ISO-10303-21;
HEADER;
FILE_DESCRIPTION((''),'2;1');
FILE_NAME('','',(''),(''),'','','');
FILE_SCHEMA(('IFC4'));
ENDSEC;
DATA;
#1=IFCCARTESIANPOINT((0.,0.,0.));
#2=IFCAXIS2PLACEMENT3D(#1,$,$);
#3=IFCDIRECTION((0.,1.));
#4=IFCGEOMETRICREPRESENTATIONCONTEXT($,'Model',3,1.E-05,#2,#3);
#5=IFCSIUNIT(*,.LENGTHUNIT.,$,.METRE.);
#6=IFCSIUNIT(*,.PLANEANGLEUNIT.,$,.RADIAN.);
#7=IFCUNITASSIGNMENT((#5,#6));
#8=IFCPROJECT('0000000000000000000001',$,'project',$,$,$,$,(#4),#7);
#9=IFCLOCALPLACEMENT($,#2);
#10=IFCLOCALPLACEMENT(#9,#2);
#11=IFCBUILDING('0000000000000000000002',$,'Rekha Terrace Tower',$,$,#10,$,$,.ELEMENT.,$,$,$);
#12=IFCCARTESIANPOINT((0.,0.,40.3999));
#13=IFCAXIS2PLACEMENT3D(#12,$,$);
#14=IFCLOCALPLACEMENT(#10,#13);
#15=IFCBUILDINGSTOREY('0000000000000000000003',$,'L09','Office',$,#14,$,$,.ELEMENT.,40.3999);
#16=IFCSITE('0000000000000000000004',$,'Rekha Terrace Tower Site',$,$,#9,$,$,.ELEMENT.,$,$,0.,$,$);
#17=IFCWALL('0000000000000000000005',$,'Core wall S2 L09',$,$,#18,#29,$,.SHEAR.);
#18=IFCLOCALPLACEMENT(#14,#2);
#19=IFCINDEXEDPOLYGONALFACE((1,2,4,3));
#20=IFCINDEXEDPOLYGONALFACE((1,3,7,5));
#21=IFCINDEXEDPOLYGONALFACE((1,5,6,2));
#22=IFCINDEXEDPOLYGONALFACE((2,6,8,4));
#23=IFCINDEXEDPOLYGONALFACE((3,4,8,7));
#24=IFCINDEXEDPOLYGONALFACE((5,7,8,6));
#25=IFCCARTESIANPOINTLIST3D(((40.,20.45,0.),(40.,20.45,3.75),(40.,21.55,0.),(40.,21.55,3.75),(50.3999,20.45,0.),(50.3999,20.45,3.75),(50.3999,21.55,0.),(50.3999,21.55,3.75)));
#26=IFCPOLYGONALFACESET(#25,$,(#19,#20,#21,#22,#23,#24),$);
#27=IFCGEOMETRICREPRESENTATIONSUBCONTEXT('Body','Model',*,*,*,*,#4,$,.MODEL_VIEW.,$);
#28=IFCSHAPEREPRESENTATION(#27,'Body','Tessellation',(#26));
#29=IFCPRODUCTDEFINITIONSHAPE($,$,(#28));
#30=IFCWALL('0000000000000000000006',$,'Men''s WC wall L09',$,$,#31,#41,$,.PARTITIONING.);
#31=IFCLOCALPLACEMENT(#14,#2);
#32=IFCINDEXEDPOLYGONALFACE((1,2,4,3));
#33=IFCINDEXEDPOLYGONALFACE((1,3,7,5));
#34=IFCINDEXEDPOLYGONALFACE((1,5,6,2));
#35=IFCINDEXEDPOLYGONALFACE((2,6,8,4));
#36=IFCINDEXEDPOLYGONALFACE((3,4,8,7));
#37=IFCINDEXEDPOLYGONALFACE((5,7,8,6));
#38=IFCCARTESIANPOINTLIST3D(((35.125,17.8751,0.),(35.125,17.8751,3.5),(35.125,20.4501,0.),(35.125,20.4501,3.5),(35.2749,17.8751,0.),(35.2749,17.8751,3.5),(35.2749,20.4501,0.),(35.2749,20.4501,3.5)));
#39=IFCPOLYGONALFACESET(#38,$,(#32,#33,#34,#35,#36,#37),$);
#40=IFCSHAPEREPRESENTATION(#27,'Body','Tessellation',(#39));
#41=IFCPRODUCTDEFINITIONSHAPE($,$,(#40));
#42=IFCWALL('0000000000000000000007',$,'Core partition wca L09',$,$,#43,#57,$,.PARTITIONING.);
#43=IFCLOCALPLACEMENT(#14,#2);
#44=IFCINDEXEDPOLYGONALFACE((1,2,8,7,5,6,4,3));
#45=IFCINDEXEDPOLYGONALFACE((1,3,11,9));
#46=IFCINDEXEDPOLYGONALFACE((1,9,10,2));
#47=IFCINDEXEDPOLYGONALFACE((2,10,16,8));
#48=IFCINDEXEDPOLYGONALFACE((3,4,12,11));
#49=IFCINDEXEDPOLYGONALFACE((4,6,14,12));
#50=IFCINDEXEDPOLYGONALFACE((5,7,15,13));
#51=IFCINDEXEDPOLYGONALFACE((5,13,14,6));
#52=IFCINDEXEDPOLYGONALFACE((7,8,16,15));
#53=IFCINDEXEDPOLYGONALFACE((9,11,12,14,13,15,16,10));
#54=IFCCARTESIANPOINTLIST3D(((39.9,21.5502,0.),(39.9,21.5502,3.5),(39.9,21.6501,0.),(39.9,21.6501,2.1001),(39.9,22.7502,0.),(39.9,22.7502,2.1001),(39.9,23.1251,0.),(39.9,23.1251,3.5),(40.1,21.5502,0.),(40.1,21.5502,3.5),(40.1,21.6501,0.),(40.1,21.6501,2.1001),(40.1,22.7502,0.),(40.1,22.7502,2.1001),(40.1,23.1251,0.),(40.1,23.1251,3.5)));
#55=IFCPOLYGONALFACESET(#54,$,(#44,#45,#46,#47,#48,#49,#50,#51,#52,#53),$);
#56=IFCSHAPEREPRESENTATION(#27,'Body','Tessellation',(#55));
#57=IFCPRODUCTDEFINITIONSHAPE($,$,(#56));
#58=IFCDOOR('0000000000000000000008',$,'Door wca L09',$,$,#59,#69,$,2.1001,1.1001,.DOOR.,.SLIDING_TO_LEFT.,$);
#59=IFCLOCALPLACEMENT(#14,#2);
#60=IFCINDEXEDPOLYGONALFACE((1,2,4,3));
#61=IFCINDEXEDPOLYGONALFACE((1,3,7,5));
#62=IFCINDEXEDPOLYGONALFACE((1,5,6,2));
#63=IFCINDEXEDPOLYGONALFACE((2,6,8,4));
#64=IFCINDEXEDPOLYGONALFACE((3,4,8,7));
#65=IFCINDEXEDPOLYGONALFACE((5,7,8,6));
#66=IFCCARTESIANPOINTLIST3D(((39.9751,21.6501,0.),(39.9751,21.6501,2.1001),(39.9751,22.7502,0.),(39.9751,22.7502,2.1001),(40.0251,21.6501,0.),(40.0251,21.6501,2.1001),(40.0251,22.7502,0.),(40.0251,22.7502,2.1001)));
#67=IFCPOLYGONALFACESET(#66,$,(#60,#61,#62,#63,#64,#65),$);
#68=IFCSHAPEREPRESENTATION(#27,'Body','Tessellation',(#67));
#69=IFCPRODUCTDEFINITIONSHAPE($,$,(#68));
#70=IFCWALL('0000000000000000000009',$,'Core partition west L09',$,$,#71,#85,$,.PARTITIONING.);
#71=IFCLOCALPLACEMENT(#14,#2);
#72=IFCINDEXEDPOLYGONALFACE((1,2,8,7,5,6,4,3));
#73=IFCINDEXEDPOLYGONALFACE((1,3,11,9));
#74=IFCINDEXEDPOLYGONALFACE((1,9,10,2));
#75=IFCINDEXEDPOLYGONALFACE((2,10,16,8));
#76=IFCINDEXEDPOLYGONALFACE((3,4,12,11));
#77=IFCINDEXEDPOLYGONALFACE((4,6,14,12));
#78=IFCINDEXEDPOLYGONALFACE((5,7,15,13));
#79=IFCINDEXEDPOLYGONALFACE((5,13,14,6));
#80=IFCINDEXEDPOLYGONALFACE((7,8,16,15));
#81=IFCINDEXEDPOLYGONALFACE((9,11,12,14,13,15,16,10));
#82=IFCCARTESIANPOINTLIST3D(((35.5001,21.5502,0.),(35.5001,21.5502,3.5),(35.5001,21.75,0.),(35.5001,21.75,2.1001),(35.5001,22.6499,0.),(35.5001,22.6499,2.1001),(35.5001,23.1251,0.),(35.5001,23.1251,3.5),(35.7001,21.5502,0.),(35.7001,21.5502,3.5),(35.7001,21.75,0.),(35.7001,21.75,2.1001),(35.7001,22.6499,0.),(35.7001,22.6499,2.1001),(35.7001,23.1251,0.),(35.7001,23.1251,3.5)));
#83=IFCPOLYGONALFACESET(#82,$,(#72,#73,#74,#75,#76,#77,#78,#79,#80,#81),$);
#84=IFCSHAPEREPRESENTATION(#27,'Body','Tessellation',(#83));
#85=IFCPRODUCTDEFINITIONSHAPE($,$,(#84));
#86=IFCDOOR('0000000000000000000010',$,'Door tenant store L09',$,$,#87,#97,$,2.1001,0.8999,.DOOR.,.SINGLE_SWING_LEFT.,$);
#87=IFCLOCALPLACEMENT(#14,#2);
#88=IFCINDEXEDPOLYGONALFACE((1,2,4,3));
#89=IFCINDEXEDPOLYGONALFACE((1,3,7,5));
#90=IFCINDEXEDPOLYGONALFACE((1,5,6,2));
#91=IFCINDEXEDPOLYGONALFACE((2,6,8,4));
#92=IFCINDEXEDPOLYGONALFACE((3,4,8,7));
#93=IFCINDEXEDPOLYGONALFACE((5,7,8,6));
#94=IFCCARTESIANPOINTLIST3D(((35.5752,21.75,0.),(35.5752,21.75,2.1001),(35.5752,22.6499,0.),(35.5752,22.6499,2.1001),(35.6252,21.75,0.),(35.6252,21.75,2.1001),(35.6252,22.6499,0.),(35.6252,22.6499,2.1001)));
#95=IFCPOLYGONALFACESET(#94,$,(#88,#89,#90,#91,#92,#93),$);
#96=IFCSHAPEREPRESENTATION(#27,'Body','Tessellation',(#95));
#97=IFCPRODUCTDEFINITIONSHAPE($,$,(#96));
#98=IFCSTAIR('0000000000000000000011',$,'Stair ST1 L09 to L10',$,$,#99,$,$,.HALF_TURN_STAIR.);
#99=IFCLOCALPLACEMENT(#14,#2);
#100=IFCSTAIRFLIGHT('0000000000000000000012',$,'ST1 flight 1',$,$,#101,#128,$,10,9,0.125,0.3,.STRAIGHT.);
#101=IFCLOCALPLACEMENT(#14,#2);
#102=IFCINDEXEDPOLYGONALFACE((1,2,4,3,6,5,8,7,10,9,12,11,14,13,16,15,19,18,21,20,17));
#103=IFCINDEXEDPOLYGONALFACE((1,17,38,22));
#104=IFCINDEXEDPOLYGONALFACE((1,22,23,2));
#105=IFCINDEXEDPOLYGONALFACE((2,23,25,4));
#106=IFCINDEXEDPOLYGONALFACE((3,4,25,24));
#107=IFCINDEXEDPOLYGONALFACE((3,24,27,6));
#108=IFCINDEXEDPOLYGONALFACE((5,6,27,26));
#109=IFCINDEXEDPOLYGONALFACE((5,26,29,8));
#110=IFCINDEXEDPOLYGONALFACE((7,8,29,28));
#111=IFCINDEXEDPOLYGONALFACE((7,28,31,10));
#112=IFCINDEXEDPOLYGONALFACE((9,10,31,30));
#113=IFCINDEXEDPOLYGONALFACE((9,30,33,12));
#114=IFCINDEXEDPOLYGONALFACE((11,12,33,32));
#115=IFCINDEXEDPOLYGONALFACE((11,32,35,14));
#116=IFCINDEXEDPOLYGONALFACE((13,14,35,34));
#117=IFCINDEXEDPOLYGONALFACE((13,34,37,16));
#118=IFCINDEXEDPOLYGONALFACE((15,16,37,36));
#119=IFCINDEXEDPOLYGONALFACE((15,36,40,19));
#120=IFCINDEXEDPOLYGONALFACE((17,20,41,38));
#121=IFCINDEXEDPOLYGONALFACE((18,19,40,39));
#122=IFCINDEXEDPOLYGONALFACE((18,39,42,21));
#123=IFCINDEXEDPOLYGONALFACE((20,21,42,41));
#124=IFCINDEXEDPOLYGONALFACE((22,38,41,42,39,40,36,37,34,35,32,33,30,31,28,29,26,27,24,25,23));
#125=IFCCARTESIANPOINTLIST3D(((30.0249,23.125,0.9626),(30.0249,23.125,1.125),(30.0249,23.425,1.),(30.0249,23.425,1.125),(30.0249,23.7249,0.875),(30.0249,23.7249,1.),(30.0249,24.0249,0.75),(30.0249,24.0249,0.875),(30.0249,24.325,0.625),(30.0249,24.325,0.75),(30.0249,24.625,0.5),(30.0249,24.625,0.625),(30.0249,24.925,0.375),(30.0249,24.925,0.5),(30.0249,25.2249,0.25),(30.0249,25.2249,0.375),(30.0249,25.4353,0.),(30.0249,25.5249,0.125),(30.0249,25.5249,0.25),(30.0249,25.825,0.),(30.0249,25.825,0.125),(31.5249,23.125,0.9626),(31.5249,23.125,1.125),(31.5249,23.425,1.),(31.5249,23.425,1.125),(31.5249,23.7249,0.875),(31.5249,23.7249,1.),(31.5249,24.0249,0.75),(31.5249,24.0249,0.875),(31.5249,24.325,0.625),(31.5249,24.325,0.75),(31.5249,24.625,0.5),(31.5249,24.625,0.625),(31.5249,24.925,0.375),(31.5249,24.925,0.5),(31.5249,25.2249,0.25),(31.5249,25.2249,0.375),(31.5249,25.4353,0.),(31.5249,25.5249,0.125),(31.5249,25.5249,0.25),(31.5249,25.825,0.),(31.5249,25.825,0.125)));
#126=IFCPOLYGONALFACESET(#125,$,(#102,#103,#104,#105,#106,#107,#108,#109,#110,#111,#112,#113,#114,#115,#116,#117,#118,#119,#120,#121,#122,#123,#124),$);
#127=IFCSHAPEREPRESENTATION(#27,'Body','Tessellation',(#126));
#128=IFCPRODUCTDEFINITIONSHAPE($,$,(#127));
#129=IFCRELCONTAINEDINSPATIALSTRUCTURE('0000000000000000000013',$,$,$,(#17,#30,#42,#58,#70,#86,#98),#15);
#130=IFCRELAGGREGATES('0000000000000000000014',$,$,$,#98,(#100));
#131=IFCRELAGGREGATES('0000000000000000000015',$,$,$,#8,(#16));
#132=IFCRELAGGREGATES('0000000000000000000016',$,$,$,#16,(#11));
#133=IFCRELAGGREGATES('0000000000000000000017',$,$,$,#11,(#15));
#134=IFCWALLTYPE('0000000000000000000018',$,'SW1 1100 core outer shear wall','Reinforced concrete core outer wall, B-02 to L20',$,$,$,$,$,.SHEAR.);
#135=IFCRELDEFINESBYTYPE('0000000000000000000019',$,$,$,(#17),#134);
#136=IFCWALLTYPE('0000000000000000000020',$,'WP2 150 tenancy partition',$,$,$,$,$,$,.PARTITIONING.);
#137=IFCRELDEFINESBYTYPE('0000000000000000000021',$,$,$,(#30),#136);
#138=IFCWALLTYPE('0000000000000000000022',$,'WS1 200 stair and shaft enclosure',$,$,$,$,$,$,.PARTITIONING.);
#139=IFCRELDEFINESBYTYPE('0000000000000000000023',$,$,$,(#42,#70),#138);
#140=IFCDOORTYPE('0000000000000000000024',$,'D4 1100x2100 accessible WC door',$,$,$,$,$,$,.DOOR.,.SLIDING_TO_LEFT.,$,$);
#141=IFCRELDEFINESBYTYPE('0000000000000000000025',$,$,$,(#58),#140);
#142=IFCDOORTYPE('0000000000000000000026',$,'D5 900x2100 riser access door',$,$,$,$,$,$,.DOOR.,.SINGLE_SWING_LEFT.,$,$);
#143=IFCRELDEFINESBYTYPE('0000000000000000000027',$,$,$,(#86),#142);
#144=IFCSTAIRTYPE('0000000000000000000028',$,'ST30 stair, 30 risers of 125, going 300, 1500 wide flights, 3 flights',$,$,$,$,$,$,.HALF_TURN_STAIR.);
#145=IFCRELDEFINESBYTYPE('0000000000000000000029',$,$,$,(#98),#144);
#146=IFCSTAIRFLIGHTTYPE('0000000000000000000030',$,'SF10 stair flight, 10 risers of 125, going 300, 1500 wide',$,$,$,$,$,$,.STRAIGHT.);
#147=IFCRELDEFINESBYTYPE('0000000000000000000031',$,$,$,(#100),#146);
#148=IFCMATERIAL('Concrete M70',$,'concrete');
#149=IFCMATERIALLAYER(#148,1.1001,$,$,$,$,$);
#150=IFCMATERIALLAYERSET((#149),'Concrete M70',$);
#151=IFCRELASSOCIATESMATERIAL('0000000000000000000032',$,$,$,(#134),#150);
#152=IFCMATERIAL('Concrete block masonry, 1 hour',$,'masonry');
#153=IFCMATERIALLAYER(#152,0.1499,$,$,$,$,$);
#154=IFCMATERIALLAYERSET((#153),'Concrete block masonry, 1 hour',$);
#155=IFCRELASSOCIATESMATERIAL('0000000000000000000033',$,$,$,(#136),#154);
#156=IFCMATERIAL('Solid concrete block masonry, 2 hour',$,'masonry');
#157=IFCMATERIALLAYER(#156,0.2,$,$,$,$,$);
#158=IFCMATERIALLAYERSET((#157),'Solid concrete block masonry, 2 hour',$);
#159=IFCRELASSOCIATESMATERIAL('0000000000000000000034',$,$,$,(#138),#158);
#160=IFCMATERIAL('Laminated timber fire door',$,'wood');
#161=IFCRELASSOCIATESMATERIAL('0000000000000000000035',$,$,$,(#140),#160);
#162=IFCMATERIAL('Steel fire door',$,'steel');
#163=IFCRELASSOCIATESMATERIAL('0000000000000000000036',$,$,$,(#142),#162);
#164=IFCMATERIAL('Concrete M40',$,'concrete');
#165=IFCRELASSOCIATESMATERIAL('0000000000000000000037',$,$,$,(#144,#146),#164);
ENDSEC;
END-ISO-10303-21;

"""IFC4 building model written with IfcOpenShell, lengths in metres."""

from ifc_helpers import new_model, si_unit, direction, frame, frame_2d, origin, place, context, subcontext, project, spatial, polyline, rectangle, outline, extrude, material, layer, layer_set, type_object, element, fill, aggregate, save


model = new_model("IFC4")

# Units and contexts
model_context = context("Model", 3, precision=1e-05, world=origin(), true_north=direction((0.0, 1.0)))
body_context = subcontext(model_context, "Body", "Model", "MODEL_VIEW")
ifc_project = project(units=[si_unit("LENGTHUNIT", "METRE"), si_unit("PLANEANGLEUNIT", "RADIAN")], contexts=[model_context])

# Site, building, storey
site_placement = place(None, origin())
site = spatial("IfcSite", under=ifc_project, at=site_placement, Name="Rekha Terrace Tower Site", CompositionType="ELEMENT", RefElevation=0.0)
building_placement = place(site_placement, origin())
building = spatial("IfcBuilding", under=site, at=building_placement, Name="Rekha Terrace Tower", CompositionType="ELEMENT")
storey_placement = place(building_placement, frame((0.0, 0.0, 40.3999)))
storey = spatial("IfcBuildingStorey", under=building, at=storey_placement, Name="L09", Description="Office", CompositionType="ELEMENT", Elevation=40.3999)

# Shared definitions
ifc_material_1 = material(Name="Concrete M70", Category="concrete")

# Walls
ifc_layer_1 = layer(ifc_material_1, 1.1001)
ifc_layer_set_1 = layer_set([ifc_layer_1], Name="Concrete M70")
wall_type_1 = type_object("IfcWallType", Name="SW1 1100 core outer shear wall", Description="Reinforced concrete core outer wall, B-02 to L20", PredefinedType="SHEAR", material=ifc_layer_set_1)
wall_1_placement = place(storey_placement, frame((40.0, 21.0, 0.0), z_axis=(0.0, 0.0, 1.0), x_axis=(1.0, 0.0, 0.0)))
element("IfcWall", 1, at=wall_1_placement, inside=storey, type_object=wall_type_1, Name="Core wall S2 L09", PredefinedType="SHEAR", context=body_context, shape_type="SweptSolid", body=[
    extrude(rectangle(XDim=10.3999, YDim=1.1001, at=frame_2d((5.2, 0.0))), origin(), (0.0, 0.0, 1.0), 3.75),
])
ifc_material_2 = material(Name="Concrete block masonry, 1 hour", Category="masonry")
ifc_layer_2 = layer(ifc_material_2, 0.1499)
ifc_layer_set_2 = layer_set([ifc_layer_2], Name="Concrete block masonry, 1 hour")
wall_type_2 = type_object("IfcWallType", Name="WP2 150 tenancy partition", PredefinedType="PARTITIONING", material=ifc_layer_set_2)
wall_2_placement = place(storey_placement, frame((35.2, 17.875, 0.0), z_axis=(0.0, 0.0, 1.0), x_axis=(0.0, 1.0, 0.0)))
element("IfcWall", 2, at=wall_2_placement, inside=storey, type_object=wall_type_2, Name="Men's WC wall L09", PredefinedType="PARTITIONING", context=body_context, shape_type="SweptSolid", body=[
    extrude(rectangle(XDim=2.575, YDim=0.1499, at=frame_2d((1.2876, 0.0))), origin(), (0.0, 0.0, 1.0), 3.5),
])

# Walls, openings, doors
ifc_material_3 = material(Name="Solid concrete block masonry, 2 hour", Category="masonry")
ifc_layer_3 = layer(ifc_material_3, 0.2)
ifc_layer_set_3 = layer_set([ifc_layer_3], Name="Solid concrete block masonry, 2 hour")
wall_type_3 = type_object("IfcWallType", Name="WS1 200 stair and shaft enclosure", PredefinedType="PARTITIONING", material=ifc_layer_set_3)
wall_3_placement = place(storey_placement, frame((40.0, 21.55, 0.0), z_axis=(0.0, 0.0, 1.0), x_axis=(0.0, 1.0, 0.0)))
wall_3 = element("IfcWall", 3, at=wall_3_placement, inside=storey, type_object=wall_type_3, Name="Core partition wca L09", PredefinedType="PARTITIONING", context=body_context, shape_type="SweptSolid", body=[
    extrude(rectangle(XDim=1.575, YDim=0.2, at=frame_2d((0.7876, 0.0))), origin(), (0.0, 0.0, 1.0), 3.5),
])
opening_1_placement = place(wall_3_placement, frame((0.1001, 0.0, 0.0)))
opening_1 = element("IfcOpeningElement", 4, at=opening_1_placement, cuts=wall_3, PredefinedType="OPENING", context=body_context, shape_type="SweptSolid", body=[
    extrude(rectangle(XDim=1.1001, YDim=2.1001, at=frame_2d((0.55, 1.05))), frame((0.0, 0.1099, 0.0), z_axis=(0.0, -1.0, 0.0), x_axis=(1.0, 0.0, 0.0)), (0.0, 0.0, 1.0), 0.22),
])
ifc_material_4 = material(Name="Laminated timber fire door", Category="wood")
door_type_1 = type_object("IfcDoorType", Name="D4 1100x2100 accessible WC door", OperationType="SLIDING_TO_LEFT", PredefinedType="DOOR", material=ifc_material_4)
door_1_placement = place(opening_1_placement, origin())
door_1 = element("IfcDoor", 5, at=door_1_placement, inside=storey, type_object=door_type_1, Name="Door wca L09", OperationType="SLIDING_TO_LEFT", OverallHeight=2.1001, OverallWidth=1.1001, PredefinedType="DOOR", context=body_context, shape_type="SweptSolid", body=[
    extrude(rectangle(XDim=1.1001, YDim=2.1001, at=frame_2d((0.55, 1.05))), frame((0.0, 0.0249, 0.0), z_axis=(0.0, -1.0, 0.0), x_axis=(1.0, 0.0, 0.0)), (0.0, 0.0, 1.0), 0.05),
])
fill(opening_1, door_1)
wall_4_placement = place(storey_placement, frame((35.6001, 21.55, 0.0), z_axis=(0.0, 0.0, 1.0), x_axis=(0.0, 1.0, 0.0)))
wall_4 = element("IfcWall", 6, at=wall_4_placement, inside=storey, type_object=wall_type_3, Name="Core partition west L09", PredefinedType="PARTITIONING", context=body_context, shape_type="SweptSolid", body=[
    extrude(rectangle(XDim=1.575, YDim=0.2, at=frame_2d((0.7876, 0.0))), origin(), (0.0, 0.0, 1.0), 3.5),
])
opening_2_placement = place(wall_4_placement, frame((0.2, 0.0, 0.0)))
opening_2 = element("IfcOpeningElement", 7, at=opening_2_placement, cuts=wall_4, PredefinedType="OPENING", context=body_context, shape_type="SweptSolid", body=[
    extrude(rectangle(XDim=0.8999, YDim=2.1001, at=frame_2d((0.45, 1.05))), frame((0.0, 0.1099, 0.0), z_axis=(0.0, -1.0, 0.0), x_axis=(1.0, 0.0, 0.0)), (0.0, 0.0, 1.0), 0.22),
])
ifc_material_5 = material(Name="Steel fire door", Category="steel")
door_type_2 = type_object("IfcDoorType", Name="D5 900x2100 riser access door", OperationType="SINGLE_SWING_LEFT", PredefinedType="DOOR", material=ifc_material_5)
door_2_placement = place(opening_2_placement, origin())
door_2 = element("IfcDoor", 8, at=door_2_placement, inside=storey, type_object=door_type_2, Name="Door tenant store L09", OperationType="SINGLE_SWING_LEFT", OverallHeight=2.1001, OverallWidth=0.8999, PredefinedType="DOOR", context=body_context, shape_type="SweptSolid", body=[
    extrude(rectangle(XDim=0.8999, YDim=2.1001, at=frame_2d((0.45, 1.05))), frame((0.0, 0.0249, 0.0), z_axis=(0.0, -1.0, 0.0), x_axis=(1.0, 0.0, 0.0)), (0.0, 0.0, 1.0), 0.05),
])
fill(opening_2, door_2)

# Stair, stair flight
ifc_material_6 = material(Name="Concrete M40", Category="concrete")
stair_type = type_object("IfcStairType", Name="ST30 stair, 30 risers of 125, going 300, 1500 wide flights, 3 flights", PredefinedType="HALF_TURN_STAIR", material=ifc_material_6)
stair_placement = place(storey_placement, origin())
stair = element("IfcStair", 9, at=stair_placement, inside=storey, type_object=stair_type, Name="Stair ST1 L09 to L10", PredefinedType="HALF_TURN_STAIR")
stair_flight_type = type_object("IfcStairFlightType", Name="SF10 stair flight, 10 risers of 125, going 300, 1500 wide", PredefinedType="STRAIGHT", material=ifc_material_6)
stair_flight_placement = place(storey_placement, frame((30.7749, 25.825, 0.0), z_axis=(0.0, 0.0, 1.0), x_axis=(0.0, -1.0, 0.0)))
stair_flight = element("IfcStairFlight", 10, at=stair_flight_placement, type_object=stair_flight_type, Name="ST1 flight 1", NumberOfRisers=10, NumberOfTreads=9, PredefinedType="STRAIGHT", RiserHeight=0.125, TreadLength=0.3, context=body_context, shape_type="SweptSolid", body=[
    extrude(outline(polyline([(0.0, 0.0), (0.0, 0.125), (0.3, 0.125), (0.3, 0.25), (0.6001, 0.25), (0.6001, 0.375), (0.8999, 0.375), (0.8999, 0.5), (1.2, 0.5), (1.2, 0.625), (1.5, 0.625), (1.5, 0.75), (1.8, 0.75), (1.8, 0.875), (2.1001, 0.875), (2.1001, 1.0), (2.3999, 1.0), (2.3999, 1.125), (2.7, 1.125), (2.7, 1.25), (2.7, 0.9626), (0.3896, 0.0), (0.0, 0.0)])), frame((0.0, 0.75, 0.0), z_axis=(0.0, -1.0, 0.0), x_axis=(1.0, 0.0, 0.0)), (0.0, 0.0, 1.0), 1.5),
])
aggregate(stair, [stair_flight])

save(model, "model.ifc")
